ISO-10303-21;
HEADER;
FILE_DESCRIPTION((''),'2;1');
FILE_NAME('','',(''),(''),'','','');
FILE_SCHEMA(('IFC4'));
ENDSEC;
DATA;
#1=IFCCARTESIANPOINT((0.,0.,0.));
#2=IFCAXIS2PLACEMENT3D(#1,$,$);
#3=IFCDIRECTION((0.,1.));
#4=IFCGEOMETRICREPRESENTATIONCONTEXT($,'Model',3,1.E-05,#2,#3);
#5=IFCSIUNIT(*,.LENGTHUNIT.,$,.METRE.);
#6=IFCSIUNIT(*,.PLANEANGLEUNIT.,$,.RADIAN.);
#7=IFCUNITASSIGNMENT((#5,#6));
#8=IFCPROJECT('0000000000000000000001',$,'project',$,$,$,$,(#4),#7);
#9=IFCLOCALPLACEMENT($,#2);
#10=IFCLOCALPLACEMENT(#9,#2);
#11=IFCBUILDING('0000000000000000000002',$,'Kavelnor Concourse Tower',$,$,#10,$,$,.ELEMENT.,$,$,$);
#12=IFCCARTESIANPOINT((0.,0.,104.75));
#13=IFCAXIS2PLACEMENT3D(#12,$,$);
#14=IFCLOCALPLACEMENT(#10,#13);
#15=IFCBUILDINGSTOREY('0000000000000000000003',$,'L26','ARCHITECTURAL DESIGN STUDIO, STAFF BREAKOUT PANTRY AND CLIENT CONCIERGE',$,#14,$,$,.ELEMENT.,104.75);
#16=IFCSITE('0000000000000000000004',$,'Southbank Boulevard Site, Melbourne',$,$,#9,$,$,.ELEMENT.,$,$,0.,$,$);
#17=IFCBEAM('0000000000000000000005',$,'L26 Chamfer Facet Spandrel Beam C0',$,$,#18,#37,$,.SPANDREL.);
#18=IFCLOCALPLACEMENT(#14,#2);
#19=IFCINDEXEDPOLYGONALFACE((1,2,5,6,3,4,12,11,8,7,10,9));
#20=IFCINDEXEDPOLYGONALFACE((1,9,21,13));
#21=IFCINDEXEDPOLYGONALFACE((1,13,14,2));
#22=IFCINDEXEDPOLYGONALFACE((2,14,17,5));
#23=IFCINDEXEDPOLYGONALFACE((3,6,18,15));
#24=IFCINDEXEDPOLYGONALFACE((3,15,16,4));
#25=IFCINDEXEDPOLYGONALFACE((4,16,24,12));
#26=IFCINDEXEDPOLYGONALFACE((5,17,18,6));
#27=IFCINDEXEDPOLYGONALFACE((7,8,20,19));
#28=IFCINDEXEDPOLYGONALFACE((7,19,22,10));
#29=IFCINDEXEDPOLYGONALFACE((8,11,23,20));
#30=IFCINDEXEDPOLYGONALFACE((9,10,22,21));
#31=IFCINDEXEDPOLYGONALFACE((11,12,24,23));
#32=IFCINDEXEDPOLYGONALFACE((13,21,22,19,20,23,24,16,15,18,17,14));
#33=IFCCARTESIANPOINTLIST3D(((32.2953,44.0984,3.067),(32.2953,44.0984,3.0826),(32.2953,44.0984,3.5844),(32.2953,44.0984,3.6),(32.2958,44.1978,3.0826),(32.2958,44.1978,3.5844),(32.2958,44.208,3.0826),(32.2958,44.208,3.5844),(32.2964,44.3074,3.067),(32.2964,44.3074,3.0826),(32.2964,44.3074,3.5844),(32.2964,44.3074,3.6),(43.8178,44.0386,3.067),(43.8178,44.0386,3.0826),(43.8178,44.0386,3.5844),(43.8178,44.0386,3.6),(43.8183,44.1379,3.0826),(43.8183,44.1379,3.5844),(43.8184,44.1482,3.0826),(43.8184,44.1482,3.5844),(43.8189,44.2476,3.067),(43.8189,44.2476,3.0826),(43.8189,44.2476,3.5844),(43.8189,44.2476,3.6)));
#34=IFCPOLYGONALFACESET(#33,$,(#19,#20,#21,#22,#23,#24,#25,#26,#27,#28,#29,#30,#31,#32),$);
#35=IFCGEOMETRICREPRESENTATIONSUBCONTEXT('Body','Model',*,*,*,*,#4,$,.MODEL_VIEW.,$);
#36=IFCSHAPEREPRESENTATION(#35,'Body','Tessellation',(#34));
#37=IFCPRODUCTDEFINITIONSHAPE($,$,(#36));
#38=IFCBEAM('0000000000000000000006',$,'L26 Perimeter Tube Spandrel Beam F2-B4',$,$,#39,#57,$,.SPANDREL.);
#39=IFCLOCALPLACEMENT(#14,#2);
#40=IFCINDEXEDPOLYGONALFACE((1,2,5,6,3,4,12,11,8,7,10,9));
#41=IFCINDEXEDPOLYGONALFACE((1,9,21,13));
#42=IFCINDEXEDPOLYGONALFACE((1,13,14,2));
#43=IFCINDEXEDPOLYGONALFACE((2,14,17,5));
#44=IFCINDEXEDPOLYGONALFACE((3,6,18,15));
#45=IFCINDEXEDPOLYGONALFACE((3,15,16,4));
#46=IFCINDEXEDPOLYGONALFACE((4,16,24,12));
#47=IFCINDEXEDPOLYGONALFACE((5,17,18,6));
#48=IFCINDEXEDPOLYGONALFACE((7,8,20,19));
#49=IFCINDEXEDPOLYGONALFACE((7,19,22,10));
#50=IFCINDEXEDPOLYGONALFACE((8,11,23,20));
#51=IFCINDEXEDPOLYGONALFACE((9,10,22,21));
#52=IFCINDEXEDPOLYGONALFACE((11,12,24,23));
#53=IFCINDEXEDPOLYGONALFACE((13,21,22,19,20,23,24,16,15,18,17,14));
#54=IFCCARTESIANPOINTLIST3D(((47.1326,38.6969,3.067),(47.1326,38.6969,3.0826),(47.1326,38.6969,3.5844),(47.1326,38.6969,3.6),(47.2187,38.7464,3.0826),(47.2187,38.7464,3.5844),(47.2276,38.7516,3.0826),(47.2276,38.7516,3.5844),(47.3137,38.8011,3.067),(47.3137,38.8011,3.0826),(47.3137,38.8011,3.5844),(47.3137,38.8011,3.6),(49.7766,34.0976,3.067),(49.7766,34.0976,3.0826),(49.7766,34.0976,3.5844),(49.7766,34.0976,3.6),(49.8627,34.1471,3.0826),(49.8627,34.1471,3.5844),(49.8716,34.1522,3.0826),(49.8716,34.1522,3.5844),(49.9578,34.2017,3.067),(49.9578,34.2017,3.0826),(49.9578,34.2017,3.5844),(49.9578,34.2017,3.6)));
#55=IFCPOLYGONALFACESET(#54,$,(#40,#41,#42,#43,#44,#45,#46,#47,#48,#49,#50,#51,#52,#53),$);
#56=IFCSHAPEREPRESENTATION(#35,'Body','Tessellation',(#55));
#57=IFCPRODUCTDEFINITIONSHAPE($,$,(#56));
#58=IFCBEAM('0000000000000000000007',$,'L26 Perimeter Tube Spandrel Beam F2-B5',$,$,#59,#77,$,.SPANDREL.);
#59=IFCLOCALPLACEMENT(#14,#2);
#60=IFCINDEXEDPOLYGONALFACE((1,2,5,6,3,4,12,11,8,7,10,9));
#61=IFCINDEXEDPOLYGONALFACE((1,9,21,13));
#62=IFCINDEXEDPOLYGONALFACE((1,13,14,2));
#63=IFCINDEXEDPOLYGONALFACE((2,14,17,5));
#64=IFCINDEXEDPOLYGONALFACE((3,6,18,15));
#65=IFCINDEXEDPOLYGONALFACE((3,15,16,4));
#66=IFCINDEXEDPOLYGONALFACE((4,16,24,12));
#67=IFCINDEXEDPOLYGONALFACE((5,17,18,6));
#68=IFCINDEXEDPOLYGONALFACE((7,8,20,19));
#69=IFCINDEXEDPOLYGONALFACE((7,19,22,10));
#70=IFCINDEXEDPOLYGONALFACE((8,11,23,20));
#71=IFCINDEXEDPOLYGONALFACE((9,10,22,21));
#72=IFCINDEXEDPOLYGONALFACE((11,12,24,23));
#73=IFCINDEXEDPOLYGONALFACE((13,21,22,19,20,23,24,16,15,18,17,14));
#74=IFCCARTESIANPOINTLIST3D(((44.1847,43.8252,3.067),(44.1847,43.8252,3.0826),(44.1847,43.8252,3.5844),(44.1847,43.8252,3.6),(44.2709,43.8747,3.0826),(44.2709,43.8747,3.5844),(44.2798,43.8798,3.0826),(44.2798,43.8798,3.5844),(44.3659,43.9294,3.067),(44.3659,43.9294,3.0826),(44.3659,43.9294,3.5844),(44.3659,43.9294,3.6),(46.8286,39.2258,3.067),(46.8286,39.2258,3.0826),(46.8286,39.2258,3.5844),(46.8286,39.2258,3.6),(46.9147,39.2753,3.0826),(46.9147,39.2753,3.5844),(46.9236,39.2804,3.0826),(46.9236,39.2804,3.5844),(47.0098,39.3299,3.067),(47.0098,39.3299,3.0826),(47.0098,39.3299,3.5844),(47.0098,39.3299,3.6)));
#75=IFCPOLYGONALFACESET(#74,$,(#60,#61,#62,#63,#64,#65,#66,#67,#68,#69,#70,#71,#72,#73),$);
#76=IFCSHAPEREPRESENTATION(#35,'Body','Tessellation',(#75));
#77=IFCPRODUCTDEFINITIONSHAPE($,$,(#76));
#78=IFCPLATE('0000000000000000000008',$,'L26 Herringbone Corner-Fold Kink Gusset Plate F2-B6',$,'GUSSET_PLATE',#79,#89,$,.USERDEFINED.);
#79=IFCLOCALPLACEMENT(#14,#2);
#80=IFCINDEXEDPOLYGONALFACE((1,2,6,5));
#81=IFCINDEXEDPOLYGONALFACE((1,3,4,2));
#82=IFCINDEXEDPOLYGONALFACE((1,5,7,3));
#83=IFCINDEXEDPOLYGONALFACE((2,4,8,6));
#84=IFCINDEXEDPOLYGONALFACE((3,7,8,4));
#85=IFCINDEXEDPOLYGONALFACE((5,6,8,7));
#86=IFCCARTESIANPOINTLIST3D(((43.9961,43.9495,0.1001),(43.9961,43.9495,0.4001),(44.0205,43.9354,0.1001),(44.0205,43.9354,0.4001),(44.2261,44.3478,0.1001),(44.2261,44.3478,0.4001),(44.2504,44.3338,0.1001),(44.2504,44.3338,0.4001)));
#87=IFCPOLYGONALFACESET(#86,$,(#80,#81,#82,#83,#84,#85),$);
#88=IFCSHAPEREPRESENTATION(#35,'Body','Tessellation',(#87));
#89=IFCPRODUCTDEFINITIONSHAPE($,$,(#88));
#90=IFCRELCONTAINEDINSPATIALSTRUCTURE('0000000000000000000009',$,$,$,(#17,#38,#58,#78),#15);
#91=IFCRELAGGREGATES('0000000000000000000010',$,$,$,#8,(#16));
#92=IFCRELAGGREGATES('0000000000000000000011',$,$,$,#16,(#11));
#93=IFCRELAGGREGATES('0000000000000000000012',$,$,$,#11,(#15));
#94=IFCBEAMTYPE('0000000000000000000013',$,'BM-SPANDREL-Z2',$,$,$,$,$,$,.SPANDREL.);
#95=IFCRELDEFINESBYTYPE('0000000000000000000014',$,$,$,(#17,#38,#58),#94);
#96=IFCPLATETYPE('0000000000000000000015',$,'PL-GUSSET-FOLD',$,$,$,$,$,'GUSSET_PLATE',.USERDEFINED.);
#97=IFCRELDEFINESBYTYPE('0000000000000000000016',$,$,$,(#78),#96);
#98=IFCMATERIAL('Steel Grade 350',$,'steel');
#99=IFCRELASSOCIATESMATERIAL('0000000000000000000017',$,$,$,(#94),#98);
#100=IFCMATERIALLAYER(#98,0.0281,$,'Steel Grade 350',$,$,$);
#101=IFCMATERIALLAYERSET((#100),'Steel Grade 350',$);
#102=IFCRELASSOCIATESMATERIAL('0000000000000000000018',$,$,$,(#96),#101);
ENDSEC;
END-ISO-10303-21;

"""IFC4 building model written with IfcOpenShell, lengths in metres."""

from ifc_helpers import new_model, si_unit, direction, frame, origin, origin_2d, place, context, subcontext, project, spatial, rectangle, i_section, extrude, material, layer, layer_set, material_profile, profile_set, type_object, element, save


model = new_model("IFC4")

# Units and contexts
model_context = context("Model", 3, precision=1e-05, world=origin(), true_north=direction((0.0, 1.0)))
body_context = subcontext(model_context, "Body", "Model", "MODEL_VIEW")
ifc_project = project(units=[si_unit("LENGTHUNIT", "METRE"), si_unit("PLANEANGLEUNIT", "RADIAN")], contexts=[model_context])

# Site, building, storey
site_placement = place(None, origin())
site = spatial("IfcSite", under=ifc_project, at=site_placement, Name="Southbank Boulevard Site, Melbourne", CompositionType="ELEMENT", RefElevation=0.0)
building_placement = place(site_placement, origin())
building = spatial("IfcBuilding", under=site, at=building_placement, Name="Kavelnor Concourse Tower", CompositionType="ELEMENT")
storey_placement = place(building_placement, frame((0.0, 0.0, 104.75)))
storey = spatial("IfcBuildingStorey", under=building, at=storey_placement, Name="L26", Description="ARCHITECTURAL DESIGN STUDIO, STAFF BREAKOUT PANTRY AND CLIENT CONCIERGE", CompositionType="ELEMENT", Elevation=104.75)

# Shared definitions
ifc_material_1 = material(Name="Steel Grade 350", Category="steel")

# Beams
ifc_material_profile_1 = material_profile(ifc_material_1, i_section(OverallWidth=0.209, OverallDepth=0.533, WebThickness=0.0103, FlangeThickness=0.0156, at=origin_2d()), Name="530UB92")
ifc_profile_set_1 = profile_set([ifc_material_profile_1], Name="Steel Grade 350")
beam_type_1 = type_object("IfcBeamType", Name="BM-SPANDREL-Z2", PredefinedType="SPANDREL", material=ifc_profile_set_1)
beam_1_placement = place(storey_placement, frame((43.8184, 44.1431, 3.3335), z_axis=(-0.999987, 0.005191, 0.0), x_axis=(-0.005191, -0.999987, 0.0)))
element("IfcBeam", 1, at=beam_1_placement, inside=storey, type_object=beam_type_1, Name="L26 Chamfer Facet Spandrel Beam C0", PredefinedType="SPANDREL", context=body_context, shape_type="SweptSolid", body=[
    extrude(i_section(OverallWidth=0.209, OverallDepth=0.533, WebThickness=0.0103, FlangeThickness=0.0156, at=origin_2d()), origin(), (0.0, 0.0, 1.0), 11.5227),
])
for number, where, z_axis, x_axis, name in (
    (2, (49.8672, 34.1497, 3.3335), (-0.498387, 0.866955, 0.0), (-0.866955, -0.498387, 0.0), "L26 Perimeter Tube Spandrel Beam F2-B4"),
    (3, (46.9192, 39.2778, 3.3335), (-0.498353, 0.866974, 0.0), (-0.866974, -0.498353, 0.0), "L26 Perimeter Tube Spandrel Beam F2-B5"),
):
    element("IfcBeam", number, at=place(storey_placement, frame(where, z_axis=z_axis, x_axis=x_axis)), inside=storey, type_object=beam_type_1, Name=name, PredefinedType="SPANDREL", context=body_context, shape_type="SweptSolid", body=[
        extrude(i_section(OverallWidth=0.209, OverallDepth=0.533, WebThickness=0.0103, FlangeThickness=0.0156, at=origin_2d()), origin(), (0.0, 0.0, 1.0), 5.3052),
    ])

# Plate
ifc_layer_1 = layer(ifc_material_1, 0.0281, Name="Steel Grade 350")
ifc_layer_set_1 = layer_set([ifc_layer_1], Name="Steel Grade 350")
plate_type = type_object("IfcPlateType", Name="PL-GUSSET-FOLD", ElementType="GUSSET_PLATE", PredefinedType="USERDEFINED", material=ifc_layer_set_1)
plate_placement = place(storey_placement, frame((44.1233, 44.1416, 0.1001), z_axis=(0.0, 0.0, 1.0), x_axis=(-0.5, -0.866025, 0.0)))
element("IfcPlate", 4, at=plate_placement, inside=storey, type_object=plate_type, Name="L26 Herringbone Corner-Fold Kink Gusset Plate F2-B6", ObjectType="GUSSET_PLATE", PredefinedType="USERDEFINED", context=body_context, shape_type="SweptSolid", body=[
    extrude(rectangle(XDim=0.46, YDim=0.0281, at=origin_2d()), origin(), (0.0, 0.0, 1.0), 0.3),
])

save(model, "model.ifc")
